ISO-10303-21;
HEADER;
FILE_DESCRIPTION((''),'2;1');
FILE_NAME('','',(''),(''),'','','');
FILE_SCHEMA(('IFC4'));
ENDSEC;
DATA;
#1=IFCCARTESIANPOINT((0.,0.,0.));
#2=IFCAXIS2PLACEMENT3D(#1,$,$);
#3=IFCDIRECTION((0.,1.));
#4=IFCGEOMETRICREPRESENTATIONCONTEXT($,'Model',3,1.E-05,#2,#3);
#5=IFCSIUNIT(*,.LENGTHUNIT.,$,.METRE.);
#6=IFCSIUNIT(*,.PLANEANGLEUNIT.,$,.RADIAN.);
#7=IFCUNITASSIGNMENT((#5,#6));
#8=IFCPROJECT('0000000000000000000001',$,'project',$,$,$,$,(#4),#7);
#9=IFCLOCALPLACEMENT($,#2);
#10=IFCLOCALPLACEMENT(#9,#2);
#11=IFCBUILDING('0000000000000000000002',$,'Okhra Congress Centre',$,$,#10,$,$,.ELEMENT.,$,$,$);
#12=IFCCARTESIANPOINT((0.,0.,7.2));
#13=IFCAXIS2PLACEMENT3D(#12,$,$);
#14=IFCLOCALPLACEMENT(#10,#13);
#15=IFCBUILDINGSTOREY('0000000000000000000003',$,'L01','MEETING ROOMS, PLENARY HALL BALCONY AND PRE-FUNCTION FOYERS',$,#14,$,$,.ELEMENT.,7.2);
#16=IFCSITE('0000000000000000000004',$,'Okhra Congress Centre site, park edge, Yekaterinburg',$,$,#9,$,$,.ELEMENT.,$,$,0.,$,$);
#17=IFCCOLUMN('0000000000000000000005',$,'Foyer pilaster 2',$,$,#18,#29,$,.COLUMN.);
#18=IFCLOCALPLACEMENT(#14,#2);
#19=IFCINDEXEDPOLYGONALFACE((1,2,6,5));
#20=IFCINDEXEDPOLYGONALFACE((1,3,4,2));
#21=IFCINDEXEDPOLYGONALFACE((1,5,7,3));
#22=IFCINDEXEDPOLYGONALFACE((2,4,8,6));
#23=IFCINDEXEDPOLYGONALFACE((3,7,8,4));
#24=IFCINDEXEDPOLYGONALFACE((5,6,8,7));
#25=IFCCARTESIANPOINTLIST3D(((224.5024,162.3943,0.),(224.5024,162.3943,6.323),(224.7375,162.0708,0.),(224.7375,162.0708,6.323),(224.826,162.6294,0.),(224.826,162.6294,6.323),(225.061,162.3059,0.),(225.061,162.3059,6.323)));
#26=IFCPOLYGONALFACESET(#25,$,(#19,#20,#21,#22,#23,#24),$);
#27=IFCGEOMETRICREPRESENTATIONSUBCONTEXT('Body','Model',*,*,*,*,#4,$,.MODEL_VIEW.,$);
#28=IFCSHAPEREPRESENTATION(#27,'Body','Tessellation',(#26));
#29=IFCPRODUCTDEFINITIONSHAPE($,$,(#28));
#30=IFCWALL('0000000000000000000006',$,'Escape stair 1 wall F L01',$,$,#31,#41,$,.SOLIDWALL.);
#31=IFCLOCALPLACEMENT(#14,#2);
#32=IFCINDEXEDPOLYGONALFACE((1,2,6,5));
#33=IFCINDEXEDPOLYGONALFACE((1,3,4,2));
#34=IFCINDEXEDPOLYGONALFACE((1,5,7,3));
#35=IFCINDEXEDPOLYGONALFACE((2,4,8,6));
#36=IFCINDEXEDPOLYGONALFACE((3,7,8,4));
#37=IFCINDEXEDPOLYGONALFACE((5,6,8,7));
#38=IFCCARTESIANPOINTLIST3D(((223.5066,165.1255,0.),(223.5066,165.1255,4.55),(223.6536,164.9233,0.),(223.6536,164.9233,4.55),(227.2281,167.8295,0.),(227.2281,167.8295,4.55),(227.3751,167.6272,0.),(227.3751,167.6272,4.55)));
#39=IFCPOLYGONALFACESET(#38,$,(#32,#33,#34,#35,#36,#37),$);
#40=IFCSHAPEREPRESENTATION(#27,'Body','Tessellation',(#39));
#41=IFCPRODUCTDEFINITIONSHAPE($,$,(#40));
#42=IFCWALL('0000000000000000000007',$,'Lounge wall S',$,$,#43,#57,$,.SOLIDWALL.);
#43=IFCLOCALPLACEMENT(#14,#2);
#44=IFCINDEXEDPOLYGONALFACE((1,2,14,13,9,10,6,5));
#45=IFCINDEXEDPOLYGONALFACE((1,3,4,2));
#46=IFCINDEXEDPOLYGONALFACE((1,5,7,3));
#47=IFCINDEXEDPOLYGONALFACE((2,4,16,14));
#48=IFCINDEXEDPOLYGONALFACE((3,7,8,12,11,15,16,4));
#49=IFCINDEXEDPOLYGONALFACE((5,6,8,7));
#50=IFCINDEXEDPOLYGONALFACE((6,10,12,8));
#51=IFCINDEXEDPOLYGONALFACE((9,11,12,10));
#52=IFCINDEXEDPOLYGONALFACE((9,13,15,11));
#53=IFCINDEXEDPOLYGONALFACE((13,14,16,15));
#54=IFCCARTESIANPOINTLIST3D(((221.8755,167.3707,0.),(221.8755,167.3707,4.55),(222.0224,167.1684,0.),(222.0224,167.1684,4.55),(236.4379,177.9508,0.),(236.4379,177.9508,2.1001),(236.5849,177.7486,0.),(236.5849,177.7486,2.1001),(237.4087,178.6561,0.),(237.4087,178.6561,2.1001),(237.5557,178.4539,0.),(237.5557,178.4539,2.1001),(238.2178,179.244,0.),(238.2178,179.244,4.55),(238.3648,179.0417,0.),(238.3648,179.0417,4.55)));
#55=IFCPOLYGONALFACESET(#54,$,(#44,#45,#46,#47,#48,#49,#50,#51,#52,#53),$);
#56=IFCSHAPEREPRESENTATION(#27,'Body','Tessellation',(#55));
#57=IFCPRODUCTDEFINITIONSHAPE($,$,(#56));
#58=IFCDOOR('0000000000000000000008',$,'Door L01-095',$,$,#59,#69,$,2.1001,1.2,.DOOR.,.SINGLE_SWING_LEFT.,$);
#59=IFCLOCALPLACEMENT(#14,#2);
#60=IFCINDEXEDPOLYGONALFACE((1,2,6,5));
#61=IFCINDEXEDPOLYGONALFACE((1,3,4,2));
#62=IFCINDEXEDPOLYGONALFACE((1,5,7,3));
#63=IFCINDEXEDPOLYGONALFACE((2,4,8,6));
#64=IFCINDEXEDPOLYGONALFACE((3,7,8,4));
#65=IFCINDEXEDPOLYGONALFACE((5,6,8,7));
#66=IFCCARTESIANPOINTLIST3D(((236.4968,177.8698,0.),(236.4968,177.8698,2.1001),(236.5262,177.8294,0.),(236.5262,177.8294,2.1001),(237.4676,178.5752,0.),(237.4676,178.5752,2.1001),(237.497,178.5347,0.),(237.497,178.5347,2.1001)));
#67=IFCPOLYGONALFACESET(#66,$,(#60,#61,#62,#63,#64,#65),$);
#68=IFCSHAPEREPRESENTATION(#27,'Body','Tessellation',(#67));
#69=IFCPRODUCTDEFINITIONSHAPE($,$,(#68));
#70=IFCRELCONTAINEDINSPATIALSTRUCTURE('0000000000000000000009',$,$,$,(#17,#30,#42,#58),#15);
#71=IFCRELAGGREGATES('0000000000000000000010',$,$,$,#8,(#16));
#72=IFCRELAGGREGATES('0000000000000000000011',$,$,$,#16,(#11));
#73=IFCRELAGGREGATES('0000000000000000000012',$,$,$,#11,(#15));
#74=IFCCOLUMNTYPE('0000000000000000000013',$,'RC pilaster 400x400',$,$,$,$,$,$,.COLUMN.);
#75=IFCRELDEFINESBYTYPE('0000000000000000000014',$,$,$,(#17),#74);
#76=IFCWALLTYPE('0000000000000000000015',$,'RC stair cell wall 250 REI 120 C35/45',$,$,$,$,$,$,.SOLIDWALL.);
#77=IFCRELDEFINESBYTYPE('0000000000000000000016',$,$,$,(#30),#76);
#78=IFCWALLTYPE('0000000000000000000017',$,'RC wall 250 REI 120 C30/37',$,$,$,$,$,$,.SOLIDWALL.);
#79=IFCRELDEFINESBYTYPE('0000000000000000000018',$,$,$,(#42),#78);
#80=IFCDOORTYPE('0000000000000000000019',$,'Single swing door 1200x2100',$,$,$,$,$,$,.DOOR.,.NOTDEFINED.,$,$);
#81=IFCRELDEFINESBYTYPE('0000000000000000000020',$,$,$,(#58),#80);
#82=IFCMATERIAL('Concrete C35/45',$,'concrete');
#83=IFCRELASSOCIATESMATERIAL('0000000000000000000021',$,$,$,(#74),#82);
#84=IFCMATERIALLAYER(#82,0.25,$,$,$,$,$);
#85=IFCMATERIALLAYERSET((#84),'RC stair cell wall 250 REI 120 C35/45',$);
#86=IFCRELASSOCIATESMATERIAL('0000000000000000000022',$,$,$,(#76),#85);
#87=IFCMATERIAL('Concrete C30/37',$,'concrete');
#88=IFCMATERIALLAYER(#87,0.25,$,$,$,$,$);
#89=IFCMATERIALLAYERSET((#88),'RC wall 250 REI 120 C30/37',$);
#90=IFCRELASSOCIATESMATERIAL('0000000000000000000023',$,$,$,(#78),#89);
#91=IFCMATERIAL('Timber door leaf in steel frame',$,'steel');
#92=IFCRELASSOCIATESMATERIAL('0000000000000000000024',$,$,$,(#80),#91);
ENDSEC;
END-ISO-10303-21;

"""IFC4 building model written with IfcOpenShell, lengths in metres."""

from ifc_helpers import new_model, si_unit, direction, frame, frame_2d, origin, origin_2d, place, context, subcontext, project, spatial, rectangle, extrude, material, layer, layer_set, material_profile, profile_set, type_object, element, fill, save


model = new_model("IFC4")

# Units and contexts
model_context = context("Model", 3, precision=1e-05, world=origin(), true_north=direction((0.0, 1.0)))
body_context = subcontext(model_context, "Body", "Model", "MODEL_VIEW")
ifc_project = project(units=[si_unit("LENGTHUNIT", "METRE"), si_unit("PLANEANGLEUNIT", "RADIAN")], contexts=[model_context])

# Site, building, storey
site_placement = place(None, origin())
site = spatial("IfcSite", under=ifc_project, at=site_placement, Name="Okhra Congress Centre site, park edge, Yekaterinburg", CompositionType="ELEMENT", RefElevation=0.0)
building_placement = place(site_placement, origin())
building = spatial("IfcBuilding", under=site, at=building_placement, Name="Okhra Congress Centre", CompositionType="ELEMENT")
storey_placement = place(building_placement, frame((0.0, 0.0, 7.2)))
storey = spatial("IfcBuildingStorey", under=building, at=storey_placement, Name="L01", Description="MEETING ROOMS, PLENARY HALL BALCONY AND PRE-FUNCTION FOYERS", CompositionType="ELEMENT", Elevation=7.2)

# Column
ifc_material_1 = material(Name="Concrete C35/45", Category="concrete")
ifc_material_profile = material_profile(ifc_material_1, rectangle(XDim=0.3999, YDim=0.3999, at=origin_2d()), Name="RC pilaster 400x400")
ifc_profile_set = profile_set([ifc_material_profile], Name="Concrete C35/45")
column_type = type_object("IfcColumnType", Name="RC pilaster 400x400", PredefinedType="COLUMN", material=ifc_profile_set)
column_placement = place(storey_placement, frame((224.7817, 162.3501, 0.0), z_axis=(0.0, 0.0, 1.0), x_axis=(0.809017, 0.587785, 0.0)))
element("IfcColumn", 1, at=column_placement, inside=storey, type_object=column_type, Name="Foyer pilaster 2", PredefinedType="COLUMN", context=body_context, shape_type="SweptSolid", body=[
    extrude(rectangle(XDim=0.3999, YDim=0.3999, at=origin_2d()), origin(), (0.0, 0.0, 1.0), 6.323),
])

# Wall
ifc_layer_1 = layer(ifc_material_1, 0.25)
ifc_layer_set_1 = layer_set([ifc_layer_1], Name="RC stair cell wall 250 REI 120 C35/45")
wall_type_1 = type_object("IfcWallType", Name="RC stair cell wall 250 REI 120 C35/45", PredefinedType="SOLIDWALL", material=ifc_layer_set_1)
wall_1_placement = place(storey_placement, frame((223.5801, 165.0244, 0.0), z_axis=(0.0, 0.0, 1.0), x_axis=(0.809009, 0.587796, 0.0)))
element("IfcWall", 2, at=wall_1_placement, inside=storey, type_object=wall_type_1, Name="Escape stair 1 wall F L01", PredefinedType="SOLIDWALL", context=body_context, shape_type="SweptSolid", body=[
    extrude(rectangle(XDim=4.6001, YDim=0.25, at=frame_2d((2.3, 0.0))), origin(), (0.0, 0.0, 1.0), 4.55),
])

# Shared definitions
ifc_material_2 = material(Name="Concrete C30/37", Category="concrete")
ifc_material_3 = material(Name="Timber door leaf in steel frame", Category="steel")

# Wall, opening, door
ifc_layer_2 = layer(ifc_material_2, 0.25)
ifc_layer_set_2 = layer_set([ifc_layer_2], Name="RC wall 250 REI 120 C30/37")
wall_type_2 = type_object("IfcWallType", Name="RC wall 250 REI 120 C30/37", PredefinedType="SOLIDWALL", material=ifc_layer_set_2)
wall_2_placement = place(storey_placement, frame((221.949, 167.2695, 0.0), z_axis=(0.0, 0.0, 1.0), x_axis=(0.809019, 0.587783, 0.0)))
wall_2 = element("IfcWall", 3, at=wall_2_placement, inside=storey, type_object=wall_type_2, Name="Lounge wall S", PredefinedType="SOLIDWALL", context=body_context, shape_type="SweptSolid", body=[
    extrude(rectangle(XDim=20.2002, YDim=0.25, at=frame_2d((10.1001, 0.0))), origin(), (0.0, 0.0, 1.0), 4.55),
])
opening_1_placement = place(wall_2_placement, frame((18.0, 0.0, 0.0)))
opening_1 = element("IfcOpeningElement", 4, at=opening_1_placement, cuts=wall_2, PredefinedType="OPENING", context=body_context, shape_type="SweptSolid", body=[
    extrude(rectangle(XDim=1.2, YDim=2.1001, at=frame_2d((0.6001, 1.05))), frame((0.0, 0.135, 0.0), z_axis=(0.0, -1.0, 0.0), x_axis=(1.0, 0.0, 0.0)), (0.0, 0.0, 1.0), 0.27),
])
door_type_1 = type_object("IfcDoorType", Name="Single swing door 1200x2100", OperationType="NOTDEFINED", PredefinedType="DOOR", material=ifc_material_3)
door_1_placement = place(opening_1_placement, origin())
door_1 = element("IfcDoor", 5, at=door_1_placement, inside=storey, type_object=door_type_1, Name="Door L01-095", OperationType="SINGLE_SWING_LEFT", OverallHeight=2.1001, OverallWidth=1.2, PredefinedType="DOOR", context=body_context, shape_type="SweptSolid", body=[
    extrude(rectangle(XDim=1.2, YDim=2.1001, at=frame_2d((0.6001, 1.05))), frame((0.0, 0.0249, 0.0), z_axis=(0.0, -1.0, 0.0), x_axis=(1.0, 0.0, 0.0)), (0.0, 0.0, 1.0), 0.05),
])
fill(opening_1, door_1)

save(model, "model.ifc")
